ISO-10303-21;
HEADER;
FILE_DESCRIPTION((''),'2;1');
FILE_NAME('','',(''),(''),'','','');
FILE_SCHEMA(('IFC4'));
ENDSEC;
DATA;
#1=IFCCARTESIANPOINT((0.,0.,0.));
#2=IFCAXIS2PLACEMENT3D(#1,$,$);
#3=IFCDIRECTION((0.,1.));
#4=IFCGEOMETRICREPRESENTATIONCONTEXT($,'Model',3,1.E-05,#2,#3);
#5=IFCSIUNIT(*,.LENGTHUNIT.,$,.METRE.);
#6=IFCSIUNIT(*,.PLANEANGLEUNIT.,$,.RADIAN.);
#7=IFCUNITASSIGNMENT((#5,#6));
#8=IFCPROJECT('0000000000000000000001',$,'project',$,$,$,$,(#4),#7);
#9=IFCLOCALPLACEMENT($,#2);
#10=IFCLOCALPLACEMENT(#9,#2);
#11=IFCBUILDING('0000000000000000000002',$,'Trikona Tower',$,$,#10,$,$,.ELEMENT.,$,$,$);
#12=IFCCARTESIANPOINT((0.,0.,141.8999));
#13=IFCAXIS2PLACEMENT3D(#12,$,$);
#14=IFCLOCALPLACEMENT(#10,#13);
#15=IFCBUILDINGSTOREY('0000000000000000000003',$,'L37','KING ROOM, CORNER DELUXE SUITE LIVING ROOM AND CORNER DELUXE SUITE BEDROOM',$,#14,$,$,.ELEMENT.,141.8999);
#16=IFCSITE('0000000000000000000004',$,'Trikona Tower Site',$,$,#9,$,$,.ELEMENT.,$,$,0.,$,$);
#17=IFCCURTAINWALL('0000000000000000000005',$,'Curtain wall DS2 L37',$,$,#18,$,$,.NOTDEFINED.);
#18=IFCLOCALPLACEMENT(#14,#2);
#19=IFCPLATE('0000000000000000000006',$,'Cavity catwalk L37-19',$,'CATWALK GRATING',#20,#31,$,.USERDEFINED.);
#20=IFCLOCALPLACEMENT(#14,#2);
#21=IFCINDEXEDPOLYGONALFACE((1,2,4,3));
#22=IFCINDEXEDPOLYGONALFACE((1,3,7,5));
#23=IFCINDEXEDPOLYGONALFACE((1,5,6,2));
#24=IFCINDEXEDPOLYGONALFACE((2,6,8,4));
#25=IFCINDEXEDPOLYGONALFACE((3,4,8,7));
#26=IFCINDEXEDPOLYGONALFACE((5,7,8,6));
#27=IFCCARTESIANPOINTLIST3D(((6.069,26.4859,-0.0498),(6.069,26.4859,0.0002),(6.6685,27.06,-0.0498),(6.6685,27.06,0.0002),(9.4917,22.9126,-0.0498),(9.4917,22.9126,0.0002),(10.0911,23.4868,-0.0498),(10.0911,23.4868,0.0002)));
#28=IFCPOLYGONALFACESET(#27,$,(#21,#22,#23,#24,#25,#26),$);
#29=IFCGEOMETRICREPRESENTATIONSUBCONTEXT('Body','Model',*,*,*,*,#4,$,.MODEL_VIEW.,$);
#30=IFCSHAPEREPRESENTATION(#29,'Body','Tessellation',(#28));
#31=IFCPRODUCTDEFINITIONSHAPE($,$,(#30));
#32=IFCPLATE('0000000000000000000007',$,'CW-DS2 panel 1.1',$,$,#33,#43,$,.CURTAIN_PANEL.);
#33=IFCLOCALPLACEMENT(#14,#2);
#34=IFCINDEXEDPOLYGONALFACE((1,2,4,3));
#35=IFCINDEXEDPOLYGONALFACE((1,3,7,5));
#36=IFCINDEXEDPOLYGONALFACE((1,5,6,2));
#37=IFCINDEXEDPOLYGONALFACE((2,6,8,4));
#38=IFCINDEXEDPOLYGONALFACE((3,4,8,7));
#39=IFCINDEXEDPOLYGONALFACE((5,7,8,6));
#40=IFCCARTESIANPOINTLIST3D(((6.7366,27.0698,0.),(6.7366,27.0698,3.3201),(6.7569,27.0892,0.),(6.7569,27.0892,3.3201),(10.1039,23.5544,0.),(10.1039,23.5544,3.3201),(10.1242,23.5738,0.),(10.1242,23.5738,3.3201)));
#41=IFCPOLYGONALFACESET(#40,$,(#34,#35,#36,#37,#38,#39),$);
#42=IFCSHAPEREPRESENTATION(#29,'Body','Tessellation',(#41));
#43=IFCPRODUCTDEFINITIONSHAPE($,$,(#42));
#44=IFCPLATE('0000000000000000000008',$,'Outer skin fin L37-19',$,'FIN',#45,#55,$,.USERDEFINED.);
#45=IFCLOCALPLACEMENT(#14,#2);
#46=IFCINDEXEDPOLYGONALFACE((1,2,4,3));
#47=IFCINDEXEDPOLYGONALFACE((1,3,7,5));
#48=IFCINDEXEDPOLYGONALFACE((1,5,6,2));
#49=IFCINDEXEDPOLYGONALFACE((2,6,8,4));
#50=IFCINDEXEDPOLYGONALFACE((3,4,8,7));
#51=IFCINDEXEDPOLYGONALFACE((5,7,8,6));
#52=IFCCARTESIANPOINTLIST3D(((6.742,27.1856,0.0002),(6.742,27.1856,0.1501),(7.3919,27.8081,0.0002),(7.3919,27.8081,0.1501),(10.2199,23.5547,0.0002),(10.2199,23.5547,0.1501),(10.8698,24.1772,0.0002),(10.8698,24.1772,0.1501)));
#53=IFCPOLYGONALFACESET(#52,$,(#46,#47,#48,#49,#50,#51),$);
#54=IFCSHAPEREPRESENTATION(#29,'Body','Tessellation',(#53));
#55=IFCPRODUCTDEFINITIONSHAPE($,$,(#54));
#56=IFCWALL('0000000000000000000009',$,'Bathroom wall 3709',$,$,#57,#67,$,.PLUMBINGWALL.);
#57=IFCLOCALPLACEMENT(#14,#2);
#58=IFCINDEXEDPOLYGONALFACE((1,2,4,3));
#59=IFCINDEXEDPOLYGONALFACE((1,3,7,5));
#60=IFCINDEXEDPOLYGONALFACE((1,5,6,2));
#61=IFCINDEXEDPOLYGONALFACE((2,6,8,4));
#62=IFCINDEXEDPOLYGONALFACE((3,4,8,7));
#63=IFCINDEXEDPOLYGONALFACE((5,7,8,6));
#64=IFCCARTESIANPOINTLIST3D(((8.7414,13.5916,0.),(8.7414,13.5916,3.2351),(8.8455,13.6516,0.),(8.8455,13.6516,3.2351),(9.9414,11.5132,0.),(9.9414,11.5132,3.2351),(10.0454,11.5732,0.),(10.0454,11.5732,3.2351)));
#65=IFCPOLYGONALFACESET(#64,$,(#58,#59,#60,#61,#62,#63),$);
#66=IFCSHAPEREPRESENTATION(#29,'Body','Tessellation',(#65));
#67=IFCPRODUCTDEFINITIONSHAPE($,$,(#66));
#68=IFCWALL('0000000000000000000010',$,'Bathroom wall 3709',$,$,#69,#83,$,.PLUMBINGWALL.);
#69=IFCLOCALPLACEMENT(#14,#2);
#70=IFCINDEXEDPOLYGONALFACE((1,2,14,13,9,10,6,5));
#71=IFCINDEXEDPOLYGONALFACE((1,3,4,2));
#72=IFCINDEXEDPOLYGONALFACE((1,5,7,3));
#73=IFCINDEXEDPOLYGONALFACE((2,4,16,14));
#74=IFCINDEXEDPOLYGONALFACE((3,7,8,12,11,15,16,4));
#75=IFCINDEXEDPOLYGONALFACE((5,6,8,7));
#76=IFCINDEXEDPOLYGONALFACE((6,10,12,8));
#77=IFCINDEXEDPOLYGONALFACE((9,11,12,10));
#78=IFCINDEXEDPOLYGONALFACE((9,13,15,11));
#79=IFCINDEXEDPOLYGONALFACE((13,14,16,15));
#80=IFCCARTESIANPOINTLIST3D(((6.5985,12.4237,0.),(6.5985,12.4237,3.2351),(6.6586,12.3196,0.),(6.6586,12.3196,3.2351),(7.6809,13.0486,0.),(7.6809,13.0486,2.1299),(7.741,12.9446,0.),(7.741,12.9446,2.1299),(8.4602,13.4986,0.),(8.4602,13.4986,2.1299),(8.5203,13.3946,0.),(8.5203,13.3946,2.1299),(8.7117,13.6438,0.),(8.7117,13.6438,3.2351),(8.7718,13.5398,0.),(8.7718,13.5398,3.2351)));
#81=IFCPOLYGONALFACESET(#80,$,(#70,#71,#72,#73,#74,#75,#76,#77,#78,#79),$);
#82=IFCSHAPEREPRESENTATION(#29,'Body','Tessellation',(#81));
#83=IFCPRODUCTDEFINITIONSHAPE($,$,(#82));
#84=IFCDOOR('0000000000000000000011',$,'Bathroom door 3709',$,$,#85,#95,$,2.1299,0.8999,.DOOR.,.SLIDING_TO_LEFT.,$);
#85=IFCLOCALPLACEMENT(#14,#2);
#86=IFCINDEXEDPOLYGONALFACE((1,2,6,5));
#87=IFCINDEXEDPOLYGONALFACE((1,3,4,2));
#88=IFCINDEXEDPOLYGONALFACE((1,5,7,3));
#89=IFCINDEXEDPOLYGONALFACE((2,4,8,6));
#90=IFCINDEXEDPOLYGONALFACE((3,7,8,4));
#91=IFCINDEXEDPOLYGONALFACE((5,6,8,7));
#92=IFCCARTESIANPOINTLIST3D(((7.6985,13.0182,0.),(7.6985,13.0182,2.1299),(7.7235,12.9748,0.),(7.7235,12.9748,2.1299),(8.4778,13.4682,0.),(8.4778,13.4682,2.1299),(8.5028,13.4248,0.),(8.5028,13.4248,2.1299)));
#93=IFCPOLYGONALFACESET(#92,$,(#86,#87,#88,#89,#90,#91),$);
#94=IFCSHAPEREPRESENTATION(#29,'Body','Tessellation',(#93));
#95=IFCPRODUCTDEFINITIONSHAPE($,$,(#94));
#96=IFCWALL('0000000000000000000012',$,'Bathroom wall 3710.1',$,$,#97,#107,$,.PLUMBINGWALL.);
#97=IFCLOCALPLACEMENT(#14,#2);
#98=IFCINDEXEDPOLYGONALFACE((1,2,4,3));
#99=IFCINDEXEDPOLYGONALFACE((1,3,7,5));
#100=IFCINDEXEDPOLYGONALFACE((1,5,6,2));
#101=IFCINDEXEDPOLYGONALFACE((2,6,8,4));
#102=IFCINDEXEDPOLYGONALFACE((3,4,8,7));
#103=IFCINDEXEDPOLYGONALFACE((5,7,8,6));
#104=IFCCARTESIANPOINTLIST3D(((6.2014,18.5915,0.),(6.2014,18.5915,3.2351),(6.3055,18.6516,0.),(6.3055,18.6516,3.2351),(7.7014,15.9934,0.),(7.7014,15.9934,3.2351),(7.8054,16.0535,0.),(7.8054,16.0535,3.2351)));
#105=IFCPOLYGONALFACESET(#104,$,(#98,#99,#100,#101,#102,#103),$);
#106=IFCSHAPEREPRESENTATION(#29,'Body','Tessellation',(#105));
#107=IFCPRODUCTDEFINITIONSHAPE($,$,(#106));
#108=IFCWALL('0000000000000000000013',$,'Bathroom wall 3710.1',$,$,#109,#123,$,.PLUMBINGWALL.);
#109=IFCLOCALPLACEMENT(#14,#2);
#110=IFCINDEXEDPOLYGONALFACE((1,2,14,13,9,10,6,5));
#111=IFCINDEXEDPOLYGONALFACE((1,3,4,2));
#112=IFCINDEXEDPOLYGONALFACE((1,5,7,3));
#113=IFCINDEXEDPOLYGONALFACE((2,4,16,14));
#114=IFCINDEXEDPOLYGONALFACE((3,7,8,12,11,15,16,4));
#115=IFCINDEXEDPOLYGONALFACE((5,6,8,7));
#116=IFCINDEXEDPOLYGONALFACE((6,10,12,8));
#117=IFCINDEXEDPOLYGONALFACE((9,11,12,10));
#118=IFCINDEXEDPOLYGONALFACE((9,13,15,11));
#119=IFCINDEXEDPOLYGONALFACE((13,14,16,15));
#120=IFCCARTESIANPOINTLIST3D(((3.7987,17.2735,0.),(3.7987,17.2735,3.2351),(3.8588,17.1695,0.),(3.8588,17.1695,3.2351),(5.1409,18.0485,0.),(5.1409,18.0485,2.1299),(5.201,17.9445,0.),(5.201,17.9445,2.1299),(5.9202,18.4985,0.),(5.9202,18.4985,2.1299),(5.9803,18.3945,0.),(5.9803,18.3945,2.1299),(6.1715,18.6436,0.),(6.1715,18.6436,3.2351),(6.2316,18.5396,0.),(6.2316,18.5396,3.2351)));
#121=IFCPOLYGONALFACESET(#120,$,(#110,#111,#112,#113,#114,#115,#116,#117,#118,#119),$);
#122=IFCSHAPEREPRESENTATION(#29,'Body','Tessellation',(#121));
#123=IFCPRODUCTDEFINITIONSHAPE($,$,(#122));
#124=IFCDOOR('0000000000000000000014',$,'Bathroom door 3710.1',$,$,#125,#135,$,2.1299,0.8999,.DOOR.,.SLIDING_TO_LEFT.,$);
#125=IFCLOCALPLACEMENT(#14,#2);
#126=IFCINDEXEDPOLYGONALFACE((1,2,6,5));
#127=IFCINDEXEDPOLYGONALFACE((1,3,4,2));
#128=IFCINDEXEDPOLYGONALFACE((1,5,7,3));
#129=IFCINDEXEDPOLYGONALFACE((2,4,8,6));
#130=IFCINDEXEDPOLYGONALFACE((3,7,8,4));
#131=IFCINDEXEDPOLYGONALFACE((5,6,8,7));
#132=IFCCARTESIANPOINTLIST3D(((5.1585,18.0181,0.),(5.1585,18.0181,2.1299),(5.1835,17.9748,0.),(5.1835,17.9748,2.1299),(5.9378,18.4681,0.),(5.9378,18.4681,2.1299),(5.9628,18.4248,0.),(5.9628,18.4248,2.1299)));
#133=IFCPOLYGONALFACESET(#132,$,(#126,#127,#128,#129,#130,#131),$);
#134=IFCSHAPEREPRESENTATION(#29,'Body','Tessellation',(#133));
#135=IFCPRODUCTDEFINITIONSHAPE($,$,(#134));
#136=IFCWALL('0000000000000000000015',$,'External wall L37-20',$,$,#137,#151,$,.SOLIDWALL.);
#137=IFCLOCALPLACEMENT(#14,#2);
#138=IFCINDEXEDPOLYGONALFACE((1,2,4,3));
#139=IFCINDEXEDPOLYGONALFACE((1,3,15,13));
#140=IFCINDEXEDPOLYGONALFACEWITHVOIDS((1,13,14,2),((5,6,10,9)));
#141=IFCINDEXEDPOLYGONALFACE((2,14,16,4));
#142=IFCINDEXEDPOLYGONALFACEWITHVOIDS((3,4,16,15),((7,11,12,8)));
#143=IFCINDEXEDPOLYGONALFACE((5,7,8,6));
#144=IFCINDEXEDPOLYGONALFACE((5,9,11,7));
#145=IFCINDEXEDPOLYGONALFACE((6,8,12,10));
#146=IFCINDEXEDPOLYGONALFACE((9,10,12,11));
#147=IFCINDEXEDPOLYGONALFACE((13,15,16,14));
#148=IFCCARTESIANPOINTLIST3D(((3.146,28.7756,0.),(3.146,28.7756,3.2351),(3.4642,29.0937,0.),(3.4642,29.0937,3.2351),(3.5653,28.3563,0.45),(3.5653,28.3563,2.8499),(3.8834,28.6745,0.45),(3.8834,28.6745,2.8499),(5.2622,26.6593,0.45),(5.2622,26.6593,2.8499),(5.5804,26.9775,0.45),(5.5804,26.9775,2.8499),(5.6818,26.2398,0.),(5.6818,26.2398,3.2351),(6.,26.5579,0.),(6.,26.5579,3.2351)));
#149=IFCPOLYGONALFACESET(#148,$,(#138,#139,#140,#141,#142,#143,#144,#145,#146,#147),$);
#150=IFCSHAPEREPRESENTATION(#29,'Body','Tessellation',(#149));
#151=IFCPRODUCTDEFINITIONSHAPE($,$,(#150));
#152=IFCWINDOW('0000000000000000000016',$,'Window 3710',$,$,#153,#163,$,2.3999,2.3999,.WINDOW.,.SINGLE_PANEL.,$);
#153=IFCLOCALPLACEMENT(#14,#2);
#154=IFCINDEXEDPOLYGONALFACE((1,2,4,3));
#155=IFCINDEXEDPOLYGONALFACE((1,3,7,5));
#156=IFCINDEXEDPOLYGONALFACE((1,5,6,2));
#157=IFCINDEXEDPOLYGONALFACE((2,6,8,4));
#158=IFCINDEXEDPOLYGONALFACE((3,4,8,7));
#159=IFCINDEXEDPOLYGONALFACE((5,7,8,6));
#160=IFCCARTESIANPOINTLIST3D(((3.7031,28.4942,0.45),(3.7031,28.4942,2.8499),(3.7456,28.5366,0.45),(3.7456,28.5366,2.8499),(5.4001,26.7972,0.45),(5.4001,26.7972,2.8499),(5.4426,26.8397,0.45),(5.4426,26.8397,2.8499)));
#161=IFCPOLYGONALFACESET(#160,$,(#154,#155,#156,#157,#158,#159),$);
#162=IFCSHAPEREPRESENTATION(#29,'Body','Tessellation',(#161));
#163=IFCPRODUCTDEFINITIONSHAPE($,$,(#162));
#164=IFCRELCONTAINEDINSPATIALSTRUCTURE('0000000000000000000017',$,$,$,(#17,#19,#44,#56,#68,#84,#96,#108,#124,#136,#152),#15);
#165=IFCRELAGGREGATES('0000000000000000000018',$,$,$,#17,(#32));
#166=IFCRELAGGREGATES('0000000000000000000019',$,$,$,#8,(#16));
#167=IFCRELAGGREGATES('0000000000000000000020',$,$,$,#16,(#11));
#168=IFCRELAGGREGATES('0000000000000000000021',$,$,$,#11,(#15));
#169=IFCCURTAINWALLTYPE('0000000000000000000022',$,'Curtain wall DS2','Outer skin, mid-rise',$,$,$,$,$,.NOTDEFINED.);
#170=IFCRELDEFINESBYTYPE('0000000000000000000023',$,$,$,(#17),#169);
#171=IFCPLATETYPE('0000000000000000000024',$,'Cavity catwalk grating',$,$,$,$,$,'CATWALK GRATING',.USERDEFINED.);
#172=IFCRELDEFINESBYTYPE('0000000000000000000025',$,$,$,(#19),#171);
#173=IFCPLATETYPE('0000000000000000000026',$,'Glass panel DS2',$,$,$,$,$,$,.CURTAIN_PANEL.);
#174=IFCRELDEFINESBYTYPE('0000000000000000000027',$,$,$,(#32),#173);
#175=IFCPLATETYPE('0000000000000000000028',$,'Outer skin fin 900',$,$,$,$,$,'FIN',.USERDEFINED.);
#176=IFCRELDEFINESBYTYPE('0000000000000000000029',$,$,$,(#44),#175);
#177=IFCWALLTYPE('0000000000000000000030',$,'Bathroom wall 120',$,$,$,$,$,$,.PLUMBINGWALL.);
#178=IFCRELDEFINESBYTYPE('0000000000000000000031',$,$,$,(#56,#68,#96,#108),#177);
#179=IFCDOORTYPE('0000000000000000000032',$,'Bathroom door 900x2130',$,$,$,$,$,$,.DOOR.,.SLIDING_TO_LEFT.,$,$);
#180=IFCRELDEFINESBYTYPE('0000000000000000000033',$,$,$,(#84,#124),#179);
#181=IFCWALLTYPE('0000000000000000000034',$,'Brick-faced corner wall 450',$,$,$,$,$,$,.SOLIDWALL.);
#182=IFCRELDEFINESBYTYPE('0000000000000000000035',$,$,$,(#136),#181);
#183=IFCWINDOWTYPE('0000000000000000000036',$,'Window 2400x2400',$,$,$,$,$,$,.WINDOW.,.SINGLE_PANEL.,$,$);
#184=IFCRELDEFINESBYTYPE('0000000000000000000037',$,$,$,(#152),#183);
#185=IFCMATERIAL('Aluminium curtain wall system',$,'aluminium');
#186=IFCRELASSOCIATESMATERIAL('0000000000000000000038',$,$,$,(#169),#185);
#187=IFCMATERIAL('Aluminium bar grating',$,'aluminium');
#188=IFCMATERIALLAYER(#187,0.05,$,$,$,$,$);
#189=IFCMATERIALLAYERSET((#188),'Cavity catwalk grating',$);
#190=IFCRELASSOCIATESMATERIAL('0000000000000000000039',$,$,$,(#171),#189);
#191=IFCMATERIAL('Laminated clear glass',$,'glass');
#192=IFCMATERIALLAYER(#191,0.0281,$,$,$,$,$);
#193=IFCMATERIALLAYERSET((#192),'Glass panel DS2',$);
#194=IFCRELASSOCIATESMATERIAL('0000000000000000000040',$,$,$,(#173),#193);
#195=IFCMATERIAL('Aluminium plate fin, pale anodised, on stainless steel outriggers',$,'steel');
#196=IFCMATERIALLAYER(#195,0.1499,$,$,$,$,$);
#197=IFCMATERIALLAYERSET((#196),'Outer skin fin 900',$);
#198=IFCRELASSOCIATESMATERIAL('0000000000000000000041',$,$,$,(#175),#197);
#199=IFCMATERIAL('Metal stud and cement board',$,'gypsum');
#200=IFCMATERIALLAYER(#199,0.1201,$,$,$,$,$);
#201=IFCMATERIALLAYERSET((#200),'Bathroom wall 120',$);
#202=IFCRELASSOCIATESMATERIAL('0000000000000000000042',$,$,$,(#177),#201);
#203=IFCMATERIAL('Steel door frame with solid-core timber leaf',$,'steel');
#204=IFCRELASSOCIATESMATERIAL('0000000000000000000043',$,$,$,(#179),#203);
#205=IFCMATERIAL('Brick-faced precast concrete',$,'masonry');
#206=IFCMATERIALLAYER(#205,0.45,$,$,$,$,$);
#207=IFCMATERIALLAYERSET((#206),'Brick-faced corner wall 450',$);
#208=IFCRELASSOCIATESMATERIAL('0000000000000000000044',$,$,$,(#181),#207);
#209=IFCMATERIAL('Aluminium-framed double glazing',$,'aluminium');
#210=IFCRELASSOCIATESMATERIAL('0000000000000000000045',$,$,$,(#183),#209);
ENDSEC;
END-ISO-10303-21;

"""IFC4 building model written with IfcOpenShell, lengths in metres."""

from ifc_helpers import new_model, si_unit, direction, frame, frame_2d, origin, origin_2d, place, context, subcontext, project, spatial, rectangle, extrude, material, layer, layer_set, type_object, element, fill, aggregate, save


model = new_model("IFC4")

# Units and contexts
model_context = context("Model", 3, precision=1e-05, world=origin(), true_north=direction((0.0, 1.0)))
body_context = subcontext(model_context, "Body", "Model", "MODEL_VIEW")
ifc_project = project(units=[si_unit("LENGTHUNIT", "METRE"), si_unit("PLANEANGLEUNIT", "RADIAN")], contexts=[model_context])

# Site, building, storey
site_placement = place(None, origin())
site = spatial("IfcSite", under=ifc_project, at=site_placement, Name="Trikona Tower Site", CompositionType="ELEMENT", RefElevation=0.0)
building_placement = place(site_placement, origin())
building = spatial("IfcBuilding", under=site, at=building_placement, Name="Trikona Tower", CompositionType="ELEMENT")
storey_placement = place(building_placement, frame((0.0, 0.0, 141.8999)))
storey = spatial("IfcBuildingStorey", under=building, at=storey_placement, Name="L37", Description="KING ROOM, CORNER DELUXE SUITE LIVING ROOM AND CORNER DELUXE SUITE BEDROOM", CompositionType="ELEMENT", Elevation=141.8999)

# Curtain wall
ifc_material_1 = material(Name="Aluminium curtain wall system", Category="aluminium")
curtain_wall_type = type_object("IfcCurtainWallType", Name="Curtain wall DS2", Description="Outer skin, mid-rise", PredefinedType="NOTDEFINED", material=ifc_material_1)
curtain_wall_placement = place(storey_placement, origin())
curtain_wall = element("IfcCurtainWall", 1, at=curtain_wall_placement, inside=storey, type_object=curtain_wall_type, Name="Curtain wall DS2 L37", PredefinedType="NOTDEFINED")

# Plates
ifc_material_2 = material(Name="Aluminium bar grating", Category="aluminium")
ifc_layer_1 = layer(ifc_material_2, 0.05)
ifc_layer_set_1 = layer_set([ifc_layer_1], Name="Cavity catwalk grating")
plate_type_1 = type_object("IfcPlateType", Name="Cavity catwalk grating", ElementType="CATWALK GRATING", PredefinedType="USERDEFINED", material=ifc_layer_set_1)
plate_1_placement = place(storey_placement, frame((8.0801, 24.9863, -0.0498), z_axis=(0.0, 0.0, 1.0), x_axis=(-0.691724, 0.722162, 0.0)))
element("IfcPlate", 2, at=plate_1_placement, inside=storey, type_object=plate_type_1, Name="Cavity catwalk L37-19", ObjectType="CATWALK GRATING", PredefinedType="USERDEFINED", context=body_context, shape_type="SweptSolid", body=[
    extrude(rectangle(XDim=4.948, YDim=0.8301, at=origin_2d()), origin(), (0.0, 0.0, 1.0), 0.05),
])
ifc_material_3 = material(Name="Laminated clear glass", Category="glass")
ifc_layer_2 = layer(ifc_material_3, 0.0281)
ifc_layer_set_2 = layer_set([ifc_layer_2], Name="Glass panel DS2")
plate_type_2 = type_object("IfcPlateType", Name="Glass panel DS2", PredefinedType="CURTAIN_PANEL", material=ifc_layer_set_2)
plate_2_placement = place(storey_placement, frame((8.4304, 25.3218, 0.0), z_axis=(0.0, 0.0, 1.0), x_axis=(-0.691728, 0.722158, 0.0)))
plate_2 = element("IfcPlate", 3, at=plate_2_placement, type_object=plate_type_2, Name="CW-DS2 panel 1.1", PredefinedType="CURTAIN_PANEL", context=body_context, shape_type="SweptSolid", body=[
    extrude(rectangle(XDim=4.8679, YDim=0.0281, at=origin_2d()), origin(), (0.0, 0.0, 1.0), 3.3201),
])
aggregate(curtain_wall, [plate_2])
ifc_material_4 = material(Name="Aluminium plate fin, pale anodised, on stainless steel outriggers", Category="steel")
ifc_layer_3 = layer(ifc_material_4, 0.1499)
ifc_layer_set_3 = layer_set([ifc_layer_3], Name="Outer skin fin 900")
plate_type_3 = type_object("IfcPlateType", Name="Outer skin fin 900", ElementType="FIN", PredefinedType="USERDEFINED", material=ifc_layer_set_3)
plate_3_placement = place(storey_placement, frame((8.8059, 25.6814, 0.0002), z_axis=(0.0, 0.0, 1.0), x_axis=(-0.691724, 0.722162, 0.0)))
element("IfcPlate", 4, at=plate_3_placement, inside=storey, type_object=plate_type_3, Name="Outer skin fin L37-19", ObjectType="FIN", PredefinedType="USERDEFINED", context=body_context, shape_type="SweptSolid", body=[
    extrude(rectangle(XDim=5.0278, YDim=0.8999, at=origin_2d()), origin(), (0.0, 0.0, 1.0), 0.1499),
])

# Wall
ifc_material_5 = material(Name="Metal stud and cement board", Category="gypsum")
ifc_layer_4 = layer(ifc_material_5, 0.1201)
ifc_layer_set_4 = layer_set([ifc_layer_4], Name="Bathroom wall 120")
wall_type_1 = type_object("IfcWallType", Name="Bathroom wall 120", PredefinedType="PLUMBINGWALL", material=ifc_layer_set_4)
wall_1_placement = place(storey_placement, frame((9.9934, 11.5432, 0.0), z_axis=(0.0, 0.0, 1.0), x_axis=(-0.500001, 0.866025, 0.0)))
element("IfcWall", 5, at=wall_1_placement, inside=storey, type_object=wall_type_1, Name="Bathroom wall 3709", PredefinedType="PLUMBINGWALL", context=body_context, shape_type="SweptSolid", body=[
    extrude(rectangle(XDim=2.3999, YDim=0.1201, at=frame_2d((1.2, 0.0))), origin(), (0.0, 0.0, 1.0), 3.2351),
])

# Wall, opening, door
wall_2_placement = place(storey_placement, frame((6.6284, 12.3716, 0.0), z_axis=(0.0, 0.0, 1.0), x_axis=(0.866006, 0.500034, 0.0)))
wall_2 = element("IfcWall", 6, at=wall_2_placement, inside=storey, type_object=wall_type_1, Name="Bathroom wall 3709", PredefinedType="PLUMBINGWALL", context=body_context, shape_type="SweptSolid", body=[
    extrude(rectangle(XDim=2.4402, YDim=0.1201, at=frame_2d((1.2202, 0.0))), origin(), (0.0, 0.0, 1.0), 3.2351),
])
opening_1_placement = place(wall_2_placement, frame((1.25, 0.0, 0.0)))
opening_1 = element("IfcOpeningElement", 7, at=opening_1_placement, cuts=wall_2, PredefinedType="OPENING", context=body_context, shape_type="SweptSolid", body=[
    extrude(rectangle(XDim=0.8999, YDim=2.1299, at=frame_2d((0.45, 1.0649))), frame((0.0, 0.0701, 0.0), z_axis=(0.0, -1.0, 0.0), x_axis=(1.0, 0.0, 0.0)), (0.0, 0.0, 1.0), 0.1401),
])
ifc_material_6 = material(Name="Steel door frame with solid-core timber leaf", Category="steel")
door_type_1 = type_object("IfcDoorType", Name="Bathroom door 900x2130", OperationType="SLIDING_TO_LEFT", PredefinedType="DOOR", material=ifc_material_6)
door_1_placement = place(opening_1_placement, origin())
door_1 = element("IfcDoor", 8, at=door_1_placement, inside=storey, type_object=door_type_1, Name="Bathroom door 3709", OperationType="SLIDING_TO_LEFT", OverallHeight=2.1299, OverallWidth=0.8999, PredefinedType="DOOR", context=body_context, shape_type="SweptSolid", body=[
    extrude(rectangle(XDim=0.8999, YDim=2.1299, at=frame_2d((0.45, 1.0649))), frame((0.0, 0.0249, 0.0), z_axis=(0.0, -1.0, 0.0), x_axis=(1.0, 0.0, 0.0)), (0.0, 0.0, 1.0), 0.05),
])
fill(opening_1, door_1)

# Wall
wall_3_placement = place(storey_placement, frame((7.7534, 16.0234, 0.0), z_axis=(0.0, 0.0, 1.0), x_axis=(-0.49999, 0.866031, 0.0)))
element("IfcWall", 9, at=wall_3_placement, inside=storey, type_object=wall_type_1, Name="Bathroom wall 3710.1", PredefinedType="PLUMBINGWALL", context=body_context, shape_type="SweptSolid", body=[
    extrude(rectangle(XDim=3.0, YDim=0.1201, at=frame_2d((1.5, 0.0))), origin(), (0.0, 0.0, 1.0), 3.2351),
])

# Wall, opening, door
wall_4_placement = place(storey_placement, frame((3.8286, 17.2214, 0.0), z_axis=(0.0, 0.0, 1.0), x_axis=(0.865997, 0.500049, 0.0)))
wall_4 = element("IfcWall", 10, at=wall_4_placement, inside=storey, type_object=wall_type_1, Name="Bathroom wall 3710.1", PredefinedType="PLUMBINGWALL", context=body_context, shape_type="SweptSolid", body=[
    extrude(rectangle(XDim=2.74, YDim=0.1201, at=frame_2d((1.3701, 0.0))), origin(), (0.0, 0.0, 1.0), 3.2351),
])
opening_2_placement = place(wall_4_placement, frame((1.55, 0.0, 0.0)))
opening_2 = element("IfcOpeningElement", 11, at=opening_2_placement, cuts=wall_4, PredefinedType="OPENING", context=body_context, shape_type="SweptSolid", body=[
    extrude(rectangle(XDim=0.8999, YDim=2.1299, at=frame_2d((0.45, 1.0649))), frame((0.0, 0.0701, 0.0), z_axis=(0.0, -1.0, 0.0), x_axis=(1.0, 0.0, 0.0)), (0.0, 0.0, 1.0), 0.1401),
])
door_2_placement = place(opening_2_placement, origin())
door_2 = element("IfcDoor", 12, at=door_2_placement, inside=storey, type_object=door_type_1, Name="Bathroom door 3710.1", OperationType="SLIDING_TO_LEFT", OverallHeight=2.1299, OverallWidth=0.8999, PredefinedType="DOOR", context=body_context, shape_type="SweptSolid", body=[
    extrude(rectangle(XDim=0.8999, YDim=2.1299, at=frame_2d((0.45, 1.0649))), frame((0.0, 0.0249, 0.0), z_axis=(0.0, -1.0, 0.0), x_axis=(1.0, 0.0, 0.0)), (0.0, 0.0, 1.0), 0.05),
])
fill(opening_2, door_2)

# Wall, opening, window
ifc_material_7 = material(Name="Brick-faced precast concrete", Category="masonry")
ifc_layer_5 = layer(ifc_material_7, 0.45)
ifc_layer_set_5 = layer_set([ifc_layer_5], Name="Brick-faced corner wall 450")
wall_type_2 = type_object("IfcWallType", Name="Brick-faced corner wall 450", PredefinedType="SOLIDWALL", material=ifc_layer_set_5)
wall_5_placement = place(storey_placement, frame((5.8408, 26.3989, 0.0), z_axis=(0.0, 0.0, 1.0), x_axis=(-0.707107, 0.707107, 0.0)))
wall_5 = element("IfcWall", 13, at=wall_5_placement, inside=storey, type_object=wall_type_2, Name="External wall L37-20", PredefinedType="SOLIDWALL", context=body_context, shape_type="SweptSolid", body=[
    extrude(rectangle(XDim=3.5862, YDim=0.45, at=frame_2d((1.793, 0.0))), origin(), (0.0, 0.0, 1.0), 3.2351),
])
opening_3_placement = place(wall_5_placement, frame((0.5933, 0.0, 0.45)))
opening_3 = element("IfcOpeningElement", 14, at=opening_3_placement, cuts=wall_5, PredefinedType="OPENING", context=body_context, shape_type="SweptSolid", body=[
    extrude(rectangle(XDim=2.3999, YDim=2.3999, at=frame_2d((1.2, 1.2))), frame((0.0, 0.2349, 0.0), z_axis=(0.0, -1.0, 0.0), x_axis=(1.0, 0.0, 0.0)), (0.0, 0.0, 1.0), 0.47),
])
ifc_material_8 = material(Name="Aluminium-framed double glazing", Category="aluminium")
window_type_1 = type_object("IfcWindowType", Name="Window 2400x2400", PartitioningType="SINGLE_PANEL", PredefinedType="WINDOW", material=ifc_material_8)
window_1_placement = place(opening_3_placement, origin())
window_1 = element("IfcWindow", 15, at=window_1_placement, inside=storey, type_object=window_type_1, Name="Window 3710", OverallHeight=2.3999, OverallWidth=2.3999, PartitioningType="SINGLE_PANEL", PredefinedType="WINDOW", context=body_context, shape_type="SweptSolid", body=[
    extrude(rectangle(XDim=2.3999, YDim=2.3999, at=frame_2d((1.2, 1.2))), frame((0.0, 0.03, 0.0), z_axis=(0.0, -1.0, 0.0), x_axis=(1.0, 0.0, 0.0)), (0.0, 0.0, 1.0), 0.0601),
])
fill(opening_3, window_1)

save(model, "model.ifc")
